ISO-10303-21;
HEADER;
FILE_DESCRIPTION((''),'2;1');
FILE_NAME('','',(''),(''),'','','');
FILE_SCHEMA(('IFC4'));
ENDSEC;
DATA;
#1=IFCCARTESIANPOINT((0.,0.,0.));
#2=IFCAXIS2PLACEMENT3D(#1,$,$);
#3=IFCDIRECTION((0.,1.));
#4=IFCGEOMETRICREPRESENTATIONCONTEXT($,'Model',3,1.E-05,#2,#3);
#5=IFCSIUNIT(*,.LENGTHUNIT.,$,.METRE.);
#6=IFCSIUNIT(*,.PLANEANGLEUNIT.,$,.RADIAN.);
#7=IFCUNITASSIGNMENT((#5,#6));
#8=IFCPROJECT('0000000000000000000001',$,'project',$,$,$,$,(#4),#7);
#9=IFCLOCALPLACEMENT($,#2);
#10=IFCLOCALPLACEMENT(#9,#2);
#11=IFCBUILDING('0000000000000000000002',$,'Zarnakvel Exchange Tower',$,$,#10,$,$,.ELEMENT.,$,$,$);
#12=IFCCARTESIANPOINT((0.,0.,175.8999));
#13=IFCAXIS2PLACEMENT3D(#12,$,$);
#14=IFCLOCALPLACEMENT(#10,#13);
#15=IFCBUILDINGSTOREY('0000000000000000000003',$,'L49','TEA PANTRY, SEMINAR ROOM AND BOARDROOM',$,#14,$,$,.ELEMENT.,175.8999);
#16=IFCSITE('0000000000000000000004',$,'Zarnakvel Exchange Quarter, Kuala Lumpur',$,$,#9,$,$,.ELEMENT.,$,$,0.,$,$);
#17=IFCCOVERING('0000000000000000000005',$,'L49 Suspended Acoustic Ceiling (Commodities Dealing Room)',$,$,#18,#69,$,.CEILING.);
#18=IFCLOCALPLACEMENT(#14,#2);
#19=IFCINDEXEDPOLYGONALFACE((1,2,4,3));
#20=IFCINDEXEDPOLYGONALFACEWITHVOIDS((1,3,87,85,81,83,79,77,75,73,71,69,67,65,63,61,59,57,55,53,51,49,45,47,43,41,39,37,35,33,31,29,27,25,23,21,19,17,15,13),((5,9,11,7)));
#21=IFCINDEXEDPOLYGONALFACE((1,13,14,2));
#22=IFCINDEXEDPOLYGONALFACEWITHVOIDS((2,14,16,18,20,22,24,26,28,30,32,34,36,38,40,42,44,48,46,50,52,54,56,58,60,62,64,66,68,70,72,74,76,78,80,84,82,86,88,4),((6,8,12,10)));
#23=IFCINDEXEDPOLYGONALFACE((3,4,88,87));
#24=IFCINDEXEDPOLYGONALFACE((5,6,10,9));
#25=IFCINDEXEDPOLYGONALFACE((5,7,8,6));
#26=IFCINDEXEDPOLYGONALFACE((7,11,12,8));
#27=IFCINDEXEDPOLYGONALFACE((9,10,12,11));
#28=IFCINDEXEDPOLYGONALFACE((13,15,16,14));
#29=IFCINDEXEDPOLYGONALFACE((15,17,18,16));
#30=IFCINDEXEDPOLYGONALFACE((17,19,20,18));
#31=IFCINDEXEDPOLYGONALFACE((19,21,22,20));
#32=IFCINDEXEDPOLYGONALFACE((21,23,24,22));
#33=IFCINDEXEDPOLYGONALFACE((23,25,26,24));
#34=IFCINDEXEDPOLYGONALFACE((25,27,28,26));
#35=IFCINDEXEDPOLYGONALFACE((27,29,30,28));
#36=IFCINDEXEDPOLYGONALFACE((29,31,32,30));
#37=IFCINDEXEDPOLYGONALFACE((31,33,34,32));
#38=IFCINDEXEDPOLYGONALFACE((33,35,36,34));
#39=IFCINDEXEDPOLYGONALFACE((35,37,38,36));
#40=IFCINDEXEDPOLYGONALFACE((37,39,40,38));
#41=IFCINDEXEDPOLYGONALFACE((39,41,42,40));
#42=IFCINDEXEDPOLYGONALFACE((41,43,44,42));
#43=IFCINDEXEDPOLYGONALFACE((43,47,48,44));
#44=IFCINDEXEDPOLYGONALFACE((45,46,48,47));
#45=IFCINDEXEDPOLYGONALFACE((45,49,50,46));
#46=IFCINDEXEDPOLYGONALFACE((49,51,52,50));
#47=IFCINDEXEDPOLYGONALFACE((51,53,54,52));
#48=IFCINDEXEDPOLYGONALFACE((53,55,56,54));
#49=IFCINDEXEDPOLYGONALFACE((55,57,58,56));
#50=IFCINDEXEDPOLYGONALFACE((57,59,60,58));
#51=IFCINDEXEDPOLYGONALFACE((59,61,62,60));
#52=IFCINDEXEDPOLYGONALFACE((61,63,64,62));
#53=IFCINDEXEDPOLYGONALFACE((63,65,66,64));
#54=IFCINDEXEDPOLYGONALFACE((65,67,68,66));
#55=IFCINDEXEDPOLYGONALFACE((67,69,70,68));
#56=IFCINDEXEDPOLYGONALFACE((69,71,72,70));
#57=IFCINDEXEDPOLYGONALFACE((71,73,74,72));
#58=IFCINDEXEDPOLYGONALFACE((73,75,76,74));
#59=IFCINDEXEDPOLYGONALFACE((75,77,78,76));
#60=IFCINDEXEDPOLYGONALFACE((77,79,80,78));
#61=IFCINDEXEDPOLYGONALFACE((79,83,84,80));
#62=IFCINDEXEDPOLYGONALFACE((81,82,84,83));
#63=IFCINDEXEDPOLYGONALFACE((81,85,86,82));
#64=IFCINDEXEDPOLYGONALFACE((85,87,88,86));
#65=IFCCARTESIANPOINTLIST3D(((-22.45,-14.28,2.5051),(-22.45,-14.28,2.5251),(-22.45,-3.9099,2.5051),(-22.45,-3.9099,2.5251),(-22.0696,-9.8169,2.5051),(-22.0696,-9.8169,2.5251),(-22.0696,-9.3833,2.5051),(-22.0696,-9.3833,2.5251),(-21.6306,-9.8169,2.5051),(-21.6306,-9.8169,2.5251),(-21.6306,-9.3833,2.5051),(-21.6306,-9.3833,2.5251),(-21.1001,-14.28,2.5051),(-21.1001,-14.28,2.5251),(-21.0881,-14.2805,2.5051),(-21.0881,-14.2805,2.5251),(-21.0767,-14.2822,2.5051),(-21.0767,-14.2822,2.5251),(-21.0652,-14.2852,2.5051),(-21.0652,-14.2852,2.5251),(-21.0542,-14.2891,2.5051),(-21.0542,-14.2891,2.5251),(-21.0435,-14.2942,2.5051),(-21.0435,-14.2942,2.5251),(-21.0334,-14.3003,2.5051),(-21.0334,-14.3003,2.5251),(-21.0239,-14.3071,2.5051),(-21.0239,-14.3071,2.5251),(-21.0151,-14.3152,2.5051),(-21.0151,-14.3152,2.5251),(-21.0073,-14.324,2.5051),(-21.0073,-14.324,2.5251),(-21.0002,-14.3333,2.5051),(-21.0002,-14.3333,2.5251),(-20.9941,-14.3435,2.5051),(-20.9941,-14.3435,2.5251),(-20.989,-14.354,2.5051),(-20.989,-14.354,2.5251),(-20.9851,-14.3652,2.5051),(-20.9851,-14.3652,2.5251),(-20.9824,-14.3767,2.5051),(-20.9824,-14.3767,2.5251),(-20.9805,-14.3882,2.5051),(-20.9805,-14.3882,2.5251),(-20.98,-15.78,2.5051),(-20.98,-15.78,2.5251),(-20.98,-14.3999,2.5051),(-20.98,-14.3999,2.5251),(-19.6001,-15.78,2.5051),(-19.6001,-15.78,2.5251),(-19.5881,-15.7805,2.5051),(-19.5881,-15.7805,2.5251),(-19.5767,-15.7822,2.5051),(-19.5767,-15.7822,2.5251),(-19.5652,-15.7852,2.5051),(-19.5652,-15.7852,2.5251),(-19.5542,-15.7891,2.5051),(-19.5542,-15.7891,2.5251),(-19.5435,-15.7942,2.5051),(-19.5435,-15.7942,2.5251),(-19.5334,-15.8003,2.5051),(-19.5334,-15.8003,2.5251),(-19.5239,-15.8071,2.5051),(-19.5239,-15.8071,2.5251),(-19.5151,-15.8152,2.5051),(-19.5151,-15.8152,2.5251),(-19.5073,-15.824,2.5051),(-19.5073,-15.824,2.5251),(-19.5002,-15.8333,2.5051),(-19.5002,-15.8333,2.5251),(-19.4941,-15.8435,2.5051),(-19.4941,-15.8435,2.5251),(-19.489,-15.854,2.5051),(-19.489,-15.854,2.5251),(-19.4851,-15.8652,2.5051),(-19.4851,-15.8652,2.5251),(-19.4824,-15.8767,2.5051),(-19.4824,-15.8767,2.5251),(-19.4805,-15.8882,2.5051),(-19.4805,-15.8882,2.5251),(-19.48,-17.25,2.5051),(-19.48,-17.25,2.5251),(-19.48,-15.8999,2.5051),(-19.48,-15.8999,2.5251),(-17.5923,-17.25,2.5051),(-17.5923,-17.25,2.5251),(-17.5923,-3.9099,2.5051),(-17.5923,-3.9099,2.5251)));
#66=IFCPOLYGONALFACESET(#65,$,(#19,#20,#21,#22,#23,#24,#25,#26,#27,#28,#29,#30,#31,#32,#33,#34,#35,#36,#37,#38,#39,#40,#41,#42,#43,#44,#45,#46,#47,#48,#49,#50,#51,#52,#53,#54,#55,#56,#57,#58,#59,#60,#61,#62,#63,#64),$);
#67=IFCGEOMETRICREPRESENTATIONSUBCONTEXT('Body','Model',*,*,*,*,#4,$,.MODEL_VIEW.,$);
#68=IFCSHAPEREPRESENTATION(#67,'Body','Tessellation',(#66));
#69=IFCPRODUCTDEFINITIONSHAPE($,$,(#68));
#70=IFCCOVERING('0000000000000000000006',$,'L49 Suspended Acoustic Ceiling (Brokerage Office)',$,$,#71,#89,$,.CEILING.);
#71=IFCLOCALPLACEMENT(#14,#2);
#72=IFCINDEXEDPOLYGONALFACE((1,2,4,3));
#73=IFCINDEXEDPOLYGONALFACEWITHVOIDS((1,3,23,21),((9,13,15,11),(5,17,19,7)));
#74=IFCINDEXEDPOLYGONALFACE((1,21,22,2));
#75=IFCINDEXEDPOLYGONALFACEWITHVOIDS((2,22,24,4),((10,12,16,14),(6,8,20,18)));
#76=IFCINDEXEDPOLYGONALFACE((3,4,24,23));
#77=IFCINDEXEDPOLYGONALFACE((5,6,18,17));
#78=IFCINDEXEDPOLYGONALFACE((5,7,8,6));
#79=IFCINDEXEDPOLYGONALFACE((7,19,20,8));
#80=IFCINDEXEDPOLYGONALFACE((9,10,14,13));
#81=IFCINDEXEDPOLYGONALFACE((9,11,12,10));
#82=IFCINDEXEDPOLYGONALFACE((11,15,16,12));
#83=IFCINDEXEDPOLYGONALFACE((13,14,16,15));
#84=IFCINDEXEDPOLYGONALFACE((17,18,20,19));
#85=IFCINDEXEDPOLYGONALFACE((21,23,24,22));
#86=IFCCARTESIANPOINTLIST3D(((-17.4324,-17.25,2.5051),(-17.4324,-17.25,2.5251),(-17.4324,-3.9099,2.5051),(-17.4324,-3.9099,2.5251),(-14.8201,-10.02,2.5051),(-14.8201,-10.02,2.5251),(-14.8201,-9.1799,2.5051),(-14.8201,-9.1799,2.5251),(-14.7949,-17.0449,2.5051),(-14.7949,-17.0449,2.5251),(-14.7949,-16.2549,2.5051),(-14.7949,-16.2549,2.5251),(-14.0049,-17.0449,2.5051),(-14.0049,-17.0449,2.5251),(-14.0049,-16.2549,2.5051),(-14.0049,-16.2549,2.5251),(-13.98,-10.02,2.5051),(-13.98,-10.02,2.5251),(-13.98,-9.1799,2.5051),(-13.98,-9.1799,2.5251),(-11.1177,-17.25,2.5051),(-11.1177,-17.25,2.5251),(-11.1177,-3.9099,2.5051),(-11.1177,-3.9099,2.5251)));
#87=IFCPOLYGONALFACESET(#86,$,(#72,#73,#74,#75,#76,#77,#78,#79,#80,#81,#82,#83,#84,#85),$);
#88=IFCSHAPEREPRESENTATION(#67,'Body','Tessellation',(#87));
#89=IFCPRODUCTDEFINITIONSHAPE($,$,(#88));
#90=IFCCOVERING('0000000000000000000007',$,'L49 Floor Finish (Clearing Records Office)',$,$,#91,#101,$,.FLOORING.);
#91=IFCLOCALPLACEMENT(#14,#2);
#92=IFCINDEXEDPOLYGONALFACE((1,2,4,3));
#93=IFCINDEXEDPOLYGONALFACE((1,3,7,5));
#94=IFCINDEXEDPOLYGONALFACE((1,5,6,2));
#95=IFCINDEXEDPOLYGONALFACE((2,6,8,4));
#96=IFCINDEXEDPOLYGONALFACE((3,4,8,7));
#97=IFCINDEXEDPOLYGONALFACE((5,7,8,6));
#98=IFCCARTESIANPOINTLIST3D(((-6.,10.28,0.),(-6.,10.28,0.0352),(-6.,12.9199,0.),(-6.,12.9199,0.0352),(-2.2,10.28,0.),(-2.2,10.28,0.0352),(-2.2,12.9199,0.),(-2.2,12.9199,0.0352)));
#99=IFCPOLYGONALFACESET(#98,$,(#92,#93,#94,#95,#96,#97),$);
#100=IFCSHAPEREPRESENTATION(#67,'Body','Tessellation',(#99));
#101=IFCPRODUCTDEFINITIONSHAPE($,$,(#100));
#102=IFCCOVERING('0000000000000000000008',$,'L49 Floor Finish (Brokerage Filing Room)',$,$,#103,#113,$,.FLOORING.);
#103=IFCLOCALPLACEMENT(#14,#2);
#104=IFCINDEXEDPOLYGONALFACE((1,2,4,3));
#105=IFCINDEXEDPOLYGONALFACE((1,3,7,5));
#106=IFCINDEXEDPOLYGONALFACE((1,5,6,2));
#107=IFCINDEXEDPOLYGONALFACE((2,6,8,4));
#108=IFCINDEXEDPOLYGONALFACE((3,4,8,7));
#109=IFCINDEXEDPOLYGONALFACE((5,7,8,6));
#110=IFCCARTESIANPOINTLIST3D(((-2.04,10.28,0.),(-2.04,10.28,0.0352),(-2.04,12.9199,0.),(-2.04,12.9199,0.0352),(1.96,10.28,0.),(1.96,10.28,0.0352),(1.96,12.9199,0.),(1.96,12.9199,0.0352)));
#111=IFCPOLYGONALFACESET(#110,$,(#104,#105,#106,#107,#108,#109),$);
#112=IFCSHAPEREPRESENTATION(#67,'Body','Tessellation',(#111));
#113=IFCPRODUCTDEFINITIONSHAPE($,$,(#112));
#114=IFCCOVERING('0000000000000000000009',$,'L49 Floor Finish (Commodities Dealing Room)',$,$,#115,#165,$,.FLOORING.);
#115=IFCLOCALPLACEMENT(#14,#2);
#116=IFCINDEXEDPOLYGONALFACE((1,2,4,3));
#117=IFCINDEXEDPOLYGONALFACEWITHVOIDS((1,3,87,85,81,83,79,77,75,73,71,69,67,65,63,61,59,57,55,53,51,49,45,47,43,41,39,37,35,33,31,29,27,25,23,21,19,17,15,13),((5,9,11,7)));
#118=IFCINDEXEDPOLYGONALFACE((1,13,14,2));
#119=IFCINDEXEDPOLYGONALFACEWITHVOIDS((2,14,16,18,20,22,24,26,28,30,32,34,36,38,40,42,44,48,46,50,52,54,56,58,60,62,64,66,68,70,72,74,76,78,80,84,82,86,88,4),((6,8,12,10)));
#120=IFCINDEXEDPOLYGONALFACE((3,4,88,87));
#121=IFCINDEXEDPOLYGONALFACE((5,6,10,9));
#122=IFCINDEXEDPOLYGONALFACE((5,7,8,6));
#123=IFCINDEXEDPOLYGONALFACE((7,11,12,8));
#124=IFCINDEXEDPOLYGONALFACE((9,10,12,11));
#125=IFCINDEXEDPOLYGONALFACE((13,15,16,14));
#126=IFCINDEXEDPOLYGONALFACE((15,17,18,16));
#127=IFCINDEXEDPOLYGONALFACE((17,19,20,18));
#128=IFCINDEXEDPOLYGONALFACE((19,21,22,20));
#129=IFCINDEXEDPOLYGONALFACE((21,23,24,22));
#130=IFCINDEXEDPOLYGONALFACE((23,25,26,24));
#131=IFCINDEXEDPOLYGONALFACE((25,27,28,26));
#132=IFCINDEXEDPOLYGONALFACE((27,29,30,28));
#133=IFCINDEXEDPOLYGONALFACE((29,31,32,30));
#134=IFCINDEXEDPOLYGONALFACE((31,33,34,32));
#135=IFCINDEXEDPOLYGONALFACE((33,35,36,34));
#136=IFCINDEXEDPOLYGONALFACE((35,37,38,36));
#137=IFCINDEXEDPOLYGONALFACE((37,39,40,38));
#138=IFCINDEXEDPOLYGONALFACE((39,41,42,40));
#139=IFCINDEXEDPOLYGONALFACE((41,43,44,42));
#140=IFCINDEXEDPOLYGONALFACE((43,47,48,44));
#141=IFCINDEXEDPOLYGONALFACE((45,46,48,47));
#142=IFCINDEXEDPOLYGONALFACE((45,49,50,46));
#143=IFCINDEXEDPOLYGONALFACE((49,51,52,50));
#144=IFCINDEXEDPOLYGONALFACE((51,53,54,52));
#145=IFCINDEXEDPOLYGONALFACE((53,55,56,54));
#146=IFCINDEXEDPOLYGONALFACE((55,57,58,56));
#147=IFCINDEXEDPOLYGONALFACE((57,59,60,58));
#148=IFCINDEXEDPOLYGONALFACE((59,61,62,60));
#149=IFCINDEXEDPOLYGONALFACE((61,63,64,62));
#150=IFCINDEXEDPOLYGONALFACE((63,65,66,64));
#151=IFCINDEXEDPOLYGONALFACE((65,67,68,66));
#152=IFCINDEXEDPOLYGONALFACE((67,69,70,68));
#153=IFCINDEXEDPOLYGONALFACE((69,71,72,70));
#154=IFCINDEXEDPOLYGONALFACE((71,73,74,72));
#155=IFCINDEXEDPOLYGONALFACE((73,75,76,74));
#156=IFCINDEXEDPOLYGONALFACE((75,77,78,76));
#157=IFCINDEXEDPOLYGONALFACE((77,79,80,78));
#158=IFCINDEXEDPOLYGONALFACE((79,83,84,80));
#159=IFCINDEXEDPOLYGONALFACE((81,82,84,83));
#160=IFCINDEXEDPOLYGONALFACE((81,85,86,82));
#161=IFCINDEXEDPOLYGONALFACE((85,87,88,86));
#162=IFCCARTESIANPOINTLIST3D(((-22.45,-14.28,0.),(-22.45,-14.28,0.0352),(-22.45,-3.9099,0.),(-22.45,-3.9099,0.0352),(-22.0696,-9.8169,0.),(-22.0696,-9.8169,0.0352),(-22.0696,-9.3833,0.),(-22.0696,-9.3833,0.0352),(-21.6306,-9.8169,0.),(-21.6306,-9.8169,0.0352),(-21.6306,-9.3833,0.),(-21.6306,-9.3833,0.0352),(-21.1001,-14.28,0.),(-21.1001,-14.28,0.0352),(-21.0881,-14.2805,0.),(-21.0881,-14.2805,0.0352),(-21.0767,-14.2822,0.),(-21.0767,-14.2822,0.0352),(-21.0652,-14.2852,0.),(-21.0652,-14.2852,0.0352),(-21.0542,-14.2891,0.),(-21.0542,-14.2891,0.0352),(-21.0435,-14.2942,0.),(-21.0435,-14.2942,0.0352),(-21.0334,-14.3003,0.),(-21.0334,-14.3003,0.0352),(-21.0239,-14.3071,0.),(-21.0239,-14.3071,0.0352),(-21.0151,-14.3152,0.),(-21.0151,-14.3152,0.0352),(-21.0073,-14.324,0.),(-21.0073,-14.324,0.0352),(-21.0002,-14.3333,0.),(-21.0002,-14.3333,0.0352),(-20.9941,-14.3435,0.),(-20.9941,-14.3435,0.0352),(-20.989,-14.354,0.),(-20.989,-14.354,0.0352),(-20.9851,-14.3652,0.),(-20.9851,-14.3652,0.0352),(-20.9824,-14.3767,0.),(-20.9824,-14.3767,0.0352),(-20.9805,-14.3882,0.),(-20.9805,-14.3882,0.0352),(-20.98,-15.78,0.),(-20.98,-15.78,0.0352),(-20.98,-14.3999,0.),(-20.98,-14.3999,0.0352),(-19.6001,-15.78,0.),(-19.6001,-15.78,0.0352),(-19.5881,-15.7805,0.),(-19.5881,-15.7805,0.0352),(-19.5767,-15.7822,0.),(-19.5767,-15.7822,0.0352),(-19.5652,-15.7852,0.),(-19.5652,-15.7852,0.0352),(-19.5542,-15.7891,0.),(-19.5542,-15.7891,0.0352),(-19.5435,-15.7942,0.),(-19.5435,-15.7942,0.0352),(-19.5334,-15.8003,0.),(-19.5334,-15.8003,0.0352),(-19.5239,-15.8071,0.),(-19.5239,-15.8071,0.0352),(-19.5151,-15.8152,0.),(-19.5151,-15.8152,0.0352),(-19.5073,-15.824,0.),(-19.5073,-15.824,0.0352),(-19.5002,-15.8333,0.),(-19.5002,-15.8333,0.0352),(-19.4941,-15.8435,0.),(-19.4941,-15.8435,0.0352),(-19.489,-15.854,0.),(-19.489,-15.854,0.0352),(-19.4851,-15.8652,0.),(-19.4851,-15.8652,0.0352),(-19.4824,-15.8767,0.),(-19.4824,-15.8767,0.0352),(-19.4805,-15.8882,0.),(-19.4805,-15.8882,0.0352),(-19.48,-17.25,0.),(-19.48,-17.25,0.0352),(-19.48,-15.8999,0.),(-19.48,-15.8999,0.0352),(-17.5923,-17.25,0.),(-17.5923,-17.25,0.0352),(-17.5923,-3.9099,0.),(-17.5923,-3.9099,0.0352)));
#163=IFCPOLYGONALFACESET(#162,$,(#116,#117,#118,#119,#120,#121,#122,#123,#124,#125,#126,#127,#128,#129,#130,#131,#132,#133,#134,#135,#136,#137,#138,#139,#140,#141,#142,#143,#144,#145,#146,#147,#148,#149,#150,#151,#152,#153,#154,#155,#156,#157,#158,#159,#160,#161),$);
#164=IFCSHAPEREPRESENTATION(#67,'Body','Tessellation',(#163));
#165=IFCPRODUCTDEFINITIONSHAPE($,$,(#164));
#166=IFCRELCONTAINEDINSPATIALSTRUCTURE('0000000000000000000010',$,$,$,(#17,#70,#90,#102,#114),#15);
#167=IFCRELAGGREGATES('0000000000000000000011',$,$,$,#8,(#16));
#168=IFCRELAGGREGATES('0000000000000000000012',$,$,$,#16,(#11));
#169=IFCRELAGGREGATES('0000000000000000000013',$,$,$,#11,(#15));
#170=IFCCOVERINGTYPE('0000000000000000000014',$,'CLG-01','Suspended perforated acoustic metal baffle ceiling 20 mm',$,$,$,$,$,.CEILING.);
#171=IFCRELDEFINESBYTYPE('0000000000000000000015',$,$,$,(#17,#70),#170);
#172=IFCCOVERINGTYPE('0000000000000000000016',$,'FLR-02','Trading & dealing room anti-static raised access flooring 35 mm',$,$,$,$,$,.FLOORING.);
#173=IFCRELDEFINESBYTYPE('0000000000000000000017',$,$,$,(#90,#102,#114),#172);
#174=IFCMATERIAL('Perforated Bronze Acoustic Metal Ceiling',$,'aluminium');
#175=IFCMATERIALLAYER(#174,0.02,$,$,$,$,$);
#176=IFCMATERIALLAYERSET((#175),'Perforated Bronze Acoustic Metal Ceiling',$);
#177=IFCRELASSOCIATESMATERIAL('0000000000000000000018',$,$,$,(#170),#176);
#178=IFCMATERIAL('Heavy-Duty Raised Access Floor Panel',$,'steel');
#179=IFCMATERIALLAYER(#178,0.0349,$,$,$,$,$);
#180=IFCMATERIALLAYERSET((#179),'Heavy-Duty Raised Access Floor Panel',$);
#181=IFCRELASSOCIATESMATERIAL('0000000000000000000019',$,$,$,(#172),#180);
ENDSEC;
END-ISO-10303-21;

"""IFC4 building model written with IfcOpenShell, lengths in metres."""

from ifc_helpers import new_model, si_unit, direction, frame, origin, place, context, subcontext, project, spatial, polyline, outline, extrude, material, layer, layer_set, type_object, element, save


model = new_model("IFC4")

# Units and contexts
model_context = context("Model", 3, precision=1e-05, world=origin(), true_north=direction((0.0, 1.0)))
body_context = subcontext(model_context, "Body", "Model", "MODEL_VIEW")
ifc_project = project(units=[si_unit("LENGTHUNIT", "METRE"), si_unit("PLANEANGLEUNIT", "RADIAN")], contexts=[model_context])

# Site, building, storey
site_placement = place(None, origin())
site = spatial("IfcSite", under=ifc_project, at=site_placement, Name="Zarnakvel Exchange Quarter, Kuala Lumpur", CompositionType="ELEMENT", RefElevation=0.0)
building_placement = place(site_placement, origin())
building = spatial("IfcBuilding", under=site, at=building_placement, Name="Zarnakvel Exchange Tower", CompositionType="ELEMENT")
storey_placement = place(building_placement, frame((0.0, 0.0, 175.8999)))
storey = spatial("IfcBuildingStorey", under=building, at=storey_placement, Name="L49", Description="TEA PANTRY, SEMINAR ROOM AND BOARDROOM", CompositionType="ELEMENT", Elevation=175.8999)

# Coverings
ifc_material_1 = material(Name="Perforated Bronze Acoustic Metal Ceiling", Category="aluminium")
ifc_layer_1 = layer(ifc_material_1, 0.02)
ifc_layer_set_1 = layer_set([ifc_layer_1], Name="Perforated Bronze Acoustic Metal Ceiling")
covering_type_1 = type_object("IfcCoveringType", Name="CLG-01", Description="Suspended perforated acoustic metal baffle ceiling 20 mm", PredefinedType="CEILING", material=ifc_layer_set_1)
covering_1_placement = place(storey_placement, frame((0.0, 0.0, 2.5051)))
element("IfcCovering", 1, at=covering_1_placement, inside=storey, type_object=covering_type_1, Name="L49 Suspended Acoustic Ceiling (Commodities Dealing Room)", PredefinedType="CEILING", context=body_context, shape_type="SweptSolid", body=[
    extrude(outline(polyline([(-17.5923, -3.9099), (-17.5923, -17.25), (-19.48, -17.25), (-19.48, -15.8999), (-19.4805, -15.8882), (-19.4824, -15.8767), (-19.4851, -15.8652), (-19.489, -15.854), (-19.4941, -15.8435), (-19.5002, -15.8333), (-19.5073, -15.824), (-19.5151, -15.8152), (-19.5239, -15.8071), (-19.5334, -15.8003), (-19.5435, -15.7942), (-19.5542, -15.7891), (-19.5652, -15.7852), (-19.5767, -15.7822), (-19.5881, -15.7805), (-19.6001, -15.78), (-20.98, -15.78), (-20.98, -14.3999), (-20.9805, -14.3882), (-20.9824, -14.3767), (-20.9851, -14.3652), (-20.989, -14.354), (-20.9941, -14.3435), (-21.0002, -14.3333), (-21.0073, -14.324), (-21.0151, -14.3152), (-21.0239, -14.3071), (-21.0334, -14.3003), (-21.0435, -14.2942), (-21.0542, -14.2891), (-21.0652, -14.2852), (-21.0767, -14.2822), (-21.0881, -14.2805), (-21.1001, -14.28), (-22.45, -14.28), (-22.45, -3.9099), (-17.5923, -3.9099)]), holes=[polyline([(-21.6306, -9.8169), (-21.6306, -9.3833), (-22.0696, -9.3833), (-22.0696, -9.8169), (-21.6306, -9.8169)])]), origin(), (0.0, 0.0, 1.0), 0.02),
])
covering_2_placement = place(storey_placement, frame((0.0, 0.0, 2.5051)))
element("IfcCovering", 2, at=covering_2_placement, inside=storey, type_object=covering_type_1, Name="L49 Suspended Acoustic Ceiling (Brokerage Office)", PredefinedType="CEILING", context=body_context, shape_type="SweptSolid", body=[
    extrude(outline(polyline([(-17.4324, -3.9099), (-11.1177, -3.9099), (-11.1177, -17.25), (-17.4324, -17.25), (-17.4324, -3.9099)]), holes=[polyline([(-13.98, -10.02), (-13.98, -9.1799), (-14.8201, -9.1799), (-14.8201, -10.02), (-13.98, -10.02)]), polyline([(-14.0049, -16.2549), (-14.7949, -16.2549), (-14.7949, -17.0449), (-14.0049, -17.0449), (-14.0049, -16.2549)])]), origin(), (0.0, 0.0, 1.0), 0.02),
])
ifc_material_2 = material(Name="Heavy-Duty Raised Access Floor Panel", Category="steel")
ifc_layer_2 = layer(ifc_material_2, 0.0349)
ifc_layer_set_2 = layer_set([ifc_layer_2], Name="Heavy-Duty Raised Access Floor Panel")
covering_type_2 = type_object("IfcCoveringType", Name="FLR-02", Description="Trading & dealing room anti-static raised access flooring 35 mm", PredefinedType="FLOORING", material=ifc_layer_set_2)
covering_3_placement = place(storey_placement, origin())
element("IfcCovering", 3, at=covering_3_placement, inside=storey, type_object=covering_type_2, Name="L49 Floor Finish (Clearing Records Office)", PredefinedType="FLOORING", context=body_context, shape_type="SweptSolid", body=[
    extrude(outline(polyline([(-6.0, 12.9199), (-2.2, 12.9199), (-2.2, 10.28), (-6.0, 10.28), (-6.0, 12.9199)])), origin(), (0.0, 0.0, 1.0), 0.0352),
])
covering_4_placement = place(storey_placement, origin())
element("IfcCovering", 4, at=covering_4_placement, inside=storey, type_object=covering_type_2, Name="L49 Floor Finish (Brokerage Filing Room)", PredefinedType="FLOORING", context=body_context, shape_type="SweptSolid", body=[
    extrude(outline(polyline([(-2.04, 12.9199), (1.96, 12.9199), (1.96, 10.28), (-2.04, 10.28), (-2.04, 12.9199)])), origin(), (0.0, 0.0, 1.0), 0.0352),
])
covering_5_placement = place(storey_placement, origin())
element("IfcCovering", 5, at=covering_5_placement, inside=storey, type_object=covering_type_2, Name="L49 Floor Finish (Commodities Dealing Room)", PredefinedType="FLOORING", context=body_context, shape_type="SweptSolid", body=[
    extrude(outline(polyline([(-17.5923, -3.9099), (-17.5923, -17.25), (-19.48, -17.25), (-19.48, -15.8999), (-19.4805, -15.8882), (-19.4824, -15.8767), (-19.4851, -15.8652), (-19.489, -15.854), (-19.4941, -15.8435), (-19.5002, -15.8333), (-19.5073, -15.824), (-19.5151, -15.8152), (-19.5239, -15.8071), (-19.5334, -15.8003), (-19.5435, -15.7942), (-19.5542, -15.7891), (-19.5652, -15.7852), (-19.5767, -15.7822), (-19.5881, -15.7805), (-19.6001, -15.78), (-20.98, -15.78), (-20.98, -14.3999), (-20.9805, -14.3882), (-20.9824, -14.3767), (-20.9851, -14.3652), (-20.989, -14.354), (-20.9941, -14.3435), (-21.0002, -14.3333), (-21.0073, -14.324), (-21.0151, -14.3152), (-21.0239, -14.3071), (-21.0334, -14.3003), (-21.0435, -14.2942), (-21.0542, -14.2891), (-21.0652, -14.2852), (-21.0767, -14.2822), (-21.0881, -14.2805), (-21.1001, -14.28), (-22.45, -14.28), (-22.45, -3.9099), (-17.5923, -3.9099)]), holes=[polyline([(-21.6306, -9.8169), (-21.6306, -9.3833), (-22.0696, -9.3833), (-22.0696, -9.8169), (-21.6306, -9.8169)])]), origin(), (0.0, 0.0, 1.0), 0.0352),
])

save(model, "model.ifc")
